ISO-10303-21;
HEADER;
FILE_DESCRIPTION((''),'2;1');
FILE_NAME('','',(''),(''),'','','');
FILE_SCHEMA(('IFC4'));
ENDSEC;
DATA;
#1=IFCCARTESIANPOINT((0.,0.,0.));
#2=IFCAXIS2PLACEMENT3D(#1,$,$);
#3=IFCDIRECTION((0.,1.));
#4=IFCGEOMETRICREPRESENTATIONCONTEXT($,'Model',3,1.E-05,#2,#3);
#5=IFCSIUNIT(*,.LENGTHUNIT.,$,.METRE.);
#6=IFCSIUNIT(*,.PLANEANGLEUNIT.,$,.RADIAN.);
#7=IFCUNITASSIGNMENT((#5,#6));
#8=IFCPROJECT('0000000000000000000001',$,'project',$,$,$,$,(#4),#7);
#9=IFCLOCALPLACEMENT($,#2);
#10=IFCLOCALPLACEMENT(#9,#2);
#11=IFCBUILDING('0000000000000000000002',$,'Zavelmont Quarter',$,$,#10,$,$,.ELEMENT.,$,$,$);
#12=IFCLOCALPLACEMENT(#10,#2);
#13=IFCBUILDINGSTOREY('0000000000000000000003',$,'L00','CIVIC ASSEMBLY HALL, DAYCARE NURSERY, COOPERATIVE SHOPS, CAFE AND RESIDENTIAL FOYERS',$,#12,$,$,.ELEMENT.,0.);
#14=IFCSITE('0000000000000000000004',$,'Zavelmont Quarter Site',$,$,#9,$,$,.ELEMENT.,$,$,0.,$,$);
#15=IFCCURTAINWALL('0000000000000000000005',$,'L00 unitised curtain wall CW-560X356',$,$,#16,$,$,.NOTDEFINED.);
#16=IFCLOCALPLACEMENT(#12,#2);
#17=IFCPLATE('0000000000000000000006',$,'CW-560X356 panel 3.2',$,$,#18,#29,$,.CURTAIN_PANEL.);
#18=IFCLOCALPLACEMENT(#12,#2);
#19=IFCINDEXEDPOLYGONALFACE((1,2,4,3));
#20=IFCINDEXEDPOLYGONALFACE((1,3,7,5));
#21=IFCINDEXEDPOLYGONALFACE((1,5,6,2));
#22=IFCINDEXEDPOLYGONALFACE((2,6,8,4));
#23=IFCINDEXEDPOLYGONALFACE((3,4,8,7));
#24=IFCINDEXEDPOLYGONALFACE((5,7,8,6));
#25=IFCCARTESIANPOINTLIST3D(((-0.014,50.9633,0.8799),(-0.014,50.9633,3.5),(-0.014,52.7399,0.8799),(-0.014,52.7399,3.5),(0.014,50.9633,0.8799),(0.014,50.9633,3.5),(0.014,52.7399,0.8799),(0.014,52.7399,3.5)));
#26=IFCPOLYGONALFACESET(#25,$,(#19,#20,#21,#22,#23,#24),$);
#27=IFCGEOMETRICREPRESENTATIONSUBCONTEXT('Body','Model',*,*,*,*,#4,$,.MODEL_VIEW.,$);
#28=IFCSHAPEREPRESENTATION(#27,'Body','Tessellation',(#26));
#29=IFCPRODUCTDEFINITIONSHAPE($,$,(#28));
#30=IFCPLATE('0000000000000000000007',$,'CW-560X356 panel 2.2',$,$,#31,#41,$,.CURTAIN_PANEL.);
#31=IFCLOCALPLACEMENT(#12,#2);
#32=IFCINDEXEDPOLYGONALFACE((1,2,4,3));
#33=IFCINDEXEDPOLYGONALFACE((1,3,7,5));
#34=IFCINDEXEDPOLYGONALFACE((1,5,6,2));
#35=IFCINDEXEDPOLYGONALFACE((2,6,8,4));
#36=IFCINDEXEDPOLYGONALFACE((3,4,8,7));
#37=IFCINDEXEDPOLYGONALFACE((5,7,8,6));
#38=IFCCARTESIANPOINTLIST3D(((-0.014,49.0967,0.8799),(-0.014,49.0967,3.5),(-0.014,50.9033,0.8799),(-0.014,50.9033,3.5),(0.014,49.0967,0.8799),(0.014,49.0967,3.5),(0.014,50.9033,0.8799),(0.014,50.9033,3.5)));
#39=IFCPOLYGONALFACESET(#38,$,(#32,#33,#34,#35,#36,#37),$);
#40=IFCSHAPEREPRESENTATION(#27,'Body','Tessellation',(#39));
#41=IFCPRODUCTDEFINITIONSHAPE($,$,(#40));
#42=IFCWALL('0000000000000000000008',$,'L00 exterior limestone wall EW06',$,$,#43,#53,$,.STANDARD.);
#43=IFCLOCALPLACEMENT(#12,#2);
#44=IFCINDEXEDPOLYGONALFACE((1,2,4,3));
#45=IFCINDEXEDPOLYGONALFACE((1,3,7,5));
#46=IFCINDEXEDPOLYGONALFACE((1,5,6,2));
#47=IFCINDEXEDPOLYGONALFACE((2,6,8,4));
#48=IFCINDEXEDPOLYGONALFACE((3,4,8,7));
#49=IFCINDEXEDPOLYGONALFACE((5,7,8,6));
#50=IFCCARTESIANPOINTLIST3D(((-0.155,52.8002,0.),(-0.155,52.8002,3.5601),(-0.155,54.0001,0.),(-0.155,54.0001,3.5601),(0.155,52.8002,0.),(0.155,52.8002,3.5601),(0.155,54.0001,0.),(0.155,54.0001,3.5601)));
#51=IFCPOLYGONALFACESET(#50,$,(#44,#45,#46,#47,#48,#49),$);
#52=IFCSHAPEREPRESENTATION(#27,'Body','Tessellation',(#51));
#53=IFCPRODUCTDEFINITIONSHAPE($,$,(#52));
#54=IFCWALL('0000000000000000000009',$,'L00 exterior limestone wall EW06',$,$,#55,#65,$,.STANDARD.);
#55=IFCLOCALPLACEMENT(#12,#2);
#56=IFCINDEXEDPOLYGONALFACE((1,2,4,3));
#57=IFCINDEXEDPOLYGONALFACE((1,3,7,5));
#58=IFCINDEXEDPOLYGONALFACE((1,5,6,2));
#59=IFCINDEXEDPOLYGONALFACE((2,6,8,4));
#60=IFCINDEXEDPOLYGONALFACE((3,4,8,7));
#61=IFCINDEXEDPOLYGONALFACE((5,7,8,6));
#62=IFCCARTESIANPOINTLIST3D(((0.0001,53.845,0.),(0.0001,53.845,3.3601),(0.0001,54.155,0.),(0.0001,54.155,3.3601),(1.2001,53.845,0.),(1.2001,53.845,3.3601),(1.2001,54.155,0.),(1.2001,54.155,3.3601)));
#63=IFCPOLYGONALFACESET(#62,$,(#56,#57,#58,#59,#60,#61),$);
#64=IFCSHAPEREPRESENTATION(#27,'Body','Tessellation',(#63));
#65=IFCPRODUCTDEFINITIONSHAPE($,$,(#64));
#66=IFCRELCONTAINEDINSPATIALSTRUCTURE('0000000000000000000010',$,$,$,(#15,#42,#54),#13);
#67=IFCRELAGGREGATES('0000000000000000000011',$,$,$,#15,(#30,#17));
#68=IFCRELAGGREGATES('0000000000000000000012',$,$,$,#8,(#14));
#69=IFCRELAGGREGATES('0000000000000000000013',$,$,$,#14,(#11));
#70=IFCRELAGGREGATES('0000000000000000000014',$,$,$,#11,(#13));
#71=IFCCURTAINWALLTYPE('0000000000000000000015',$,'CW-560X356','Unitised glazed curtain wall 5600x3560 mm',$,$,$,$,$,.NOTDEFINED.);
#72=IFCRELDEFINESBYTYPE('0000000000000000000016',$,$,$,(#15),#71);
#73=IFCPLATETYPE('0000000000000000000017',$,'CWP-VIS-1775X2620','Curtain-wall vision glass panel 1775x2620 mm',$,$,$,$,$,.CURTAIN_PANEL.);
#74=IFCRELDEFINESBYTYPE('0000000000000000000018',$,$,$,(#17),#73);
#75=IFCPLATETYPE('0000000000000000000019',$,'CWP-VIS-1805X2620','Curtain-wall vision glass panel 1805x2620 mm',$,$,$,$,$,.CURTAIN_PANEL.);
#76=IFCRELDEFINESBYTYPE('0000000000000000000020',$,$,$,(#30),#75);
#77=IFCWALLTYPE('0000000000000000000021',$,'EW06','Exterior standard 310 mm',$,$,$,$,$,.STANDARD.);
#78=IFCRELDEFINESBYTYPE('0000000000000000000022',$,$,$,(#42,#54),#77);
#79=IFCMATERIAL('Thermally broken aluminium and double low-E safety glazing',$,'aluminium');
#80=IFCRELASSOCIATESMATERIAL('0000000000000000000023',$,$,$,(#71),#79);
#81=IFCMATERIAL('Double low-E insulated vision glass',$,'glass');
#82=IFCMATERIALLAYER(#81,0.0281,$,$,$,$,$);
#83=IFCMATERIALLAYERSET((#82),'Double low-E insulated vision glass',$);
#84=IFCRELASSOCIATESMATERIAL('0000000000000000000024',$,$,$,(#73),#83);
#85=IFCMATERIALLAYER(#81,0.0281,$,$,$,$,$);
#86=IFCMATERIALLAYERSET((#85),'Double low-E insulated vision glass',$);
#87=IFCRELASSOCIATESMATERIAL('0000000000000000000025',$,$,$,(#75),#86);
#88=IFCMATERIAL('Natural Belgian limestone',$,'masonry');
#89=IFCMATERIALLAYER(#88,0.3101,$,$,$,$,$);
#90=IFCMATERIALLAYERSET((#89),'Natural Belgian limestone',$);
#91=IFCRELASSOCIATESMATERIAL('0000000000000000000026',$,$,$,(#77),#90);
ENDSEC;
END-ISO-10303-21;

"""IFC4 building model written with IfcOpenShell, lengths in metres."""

from ifc_helpers import new_model, si_unit, direction, frame, frame_2d, origin, origin_2d, place, context, subcontext, project, spatial, rectangle, extrude, material, layer, layer_set, type_object, element, aggregate, save


model = new_model("IFC4")

# Units and contexts
model_context = context("Model", 3, precision=1e-05, world=origin(), true_north=direction((0.0, 1.0)))
body_context = subcontext(model_context, "Body", "Model", "MODEL_VIEW")
ifc_project = project(units=[si_unit("LENGTHUNIT", "METRE"), si_unit("PLANEANGLEUNIT", "RADIAN")], contexts=[model_context])

# Site, building, storey
site_placement = place(None, origin())
site = spatial("IfcSite", under=ifc_project, at=site_placement, Name="Zavelmont Quarter Site", CompositionType="ELEMENT", RefElevation=0.0)
building_placement = place(site_placement, origin())
building = spatial("IfcBuilding", under=site, at=building_placement, Name="Zavelmont Quarter", CompositionType="ELEMENT")
storey_placement = place(building_placement, origin())
storey = spatial("IfcBuildingStorey", under=building, at=storey_placement, Name="L00", Description="CIVIC ASSEMBLY HALL, DAYCARE NURSERY, COOPERATIVE SHOPS, CAFE AND RESIDENTIAL FOYERS", CompositionType="ELEMENT", Elevation=0.0)

# Curtain wall, plates
ifc_material_1 = material(Name="Thermally broken aluminium and double low-E safety glazing", Category="aluminium")
curtain_wall_type = type_object("IfcCurtainWallType", Name="CW-560X356", Description="Unitised glazed curtain wall 5600x3560 mm", PredefinedType="NOTDEFINED", material=ifc_material_1)
curtain_wall_placement = place(storey_placement, origin())
curtain_wall = element("IfcCurtainWall", 1, at=curtain_wall_placement, inside=storey, type_object=curtain_wall_type, Name="L00 unitised curtain wall CW-560X356", PredefinedType="NOTDEFINED")
ifc_material_2 = material(Name="Double low-E insulated vision glass", Category="glass")
ifc_layer_1 = layer(ifc_material_2, 0.0281)
ifc_layer_set_1 = layer_set([ifc_layer_1], Name="Double low-E insulated vision glass")
plate_type_1 = type_object("IfcPlateType", Name="CWP-VIS-1775X2620", Description="Curtain-wall vision glass panel 1775x2620 mm", PredefinedType="CURTAIN_PANEL", material=ifc_layer_set_1)
plate_1_placement = place(storey_placement, frame((0.0, 51.8516, 0.8799), z_axis=(0.0, 0.0, 1.0), x_axis=(0.0, 1.0, 0.0)))
plate_1 = element("IfcPlate", 2, at=plate_1_placement, type_object=plate_type_1, Name="CW-560X356 panel 3.2", PredefinedType="CURTAIN_PANEL", context=body_context, shape_type="SweptSolid", body=[
    extrude(rectangle(XDim=1.7766, YDim=0.0281, at=origin_2d()), origin(), (0.0, 0.0, 1.0), 2.6201),
])
ifc_layer_2 = layer(ifc_material_2, 0.0281)
ifc_layer_set_2 = layer_set([ifc_layer_2], Name="Double low-E insulated vision glass")
plate_type_2 = type_object("IfcPlateType", Name="CWP-VIS-1805X2620", Description="Curtain-wall vision glass panel 1805x2620 mm", PredefinedType="CURTAIN_PANEL", material=ifc_layer_set_2)
plate_2_placement = place(storey_placement, frame((0.0, 50.0, 0.8799), z_axis=(0.0, 0.0, 1.0), x_axis=(0.0, 1.0, 0.0)))
plate_2 = element("IfcPlate", 3, at=plate_2_placement, type_object=plate_type_2, Name="CW-560X356 panel 2.2", PredefinedType="CURTAIN_PANEL", context=body_context, shape_type="SweptSolid", body=[
    extrude(rectangle(XDim=1.8066, YDim=0.0281, at=origin_2d()), origin(), (0.0, 0.0, 1.0), 2.6201),
])
aggregate(curtain_wall, [plate_2, plate_1])

# Walls
ifc_material_3 = material(Name="Natural Belgian limestone", Category="masonry")
ifc_layer_3 = layer(ifc_material_3, 0.3101)
ifc_layer_set_3 = layer_set([ifc_layer_3], Name="Natural Belgian limestone")
wall_type = type_object("IfcWallType", Name="EW06", Description="Exterior standard 310 mm", PredefinedType="STANDARD", material=ifc_layer_set_3)
wall_1_placement = place(storey_placement, frame((0.0, 52.8, 0.0), z_axis=(0.0, 0.0, 1.0), x_axis=(0.0, 1.0, 0.0)))
element("IfcWall", 4, at=wall_1_placement, inside=storey, type_object=wall_type, Name="L00 exterior limestone wall EW06", PredefinedType="STANDARD", context=body_context, shape_type="SweptSolid", body=[
    extrude(rectangle(XDim=1.2, YDim=0.3101, at=frame_2d((0.6001, 0.0))), origin(), (0.0, 0.0, 1.0), 3.5601),
])
wall_2_placement = place(storey_placement, frame((0.0, 54.0, 0.0), z_axis=(0.0, 0.0, 1.0), x_axis=(1.0, 0.0, 0.0)))
element("IfcWall", 5, at=wall_2_placement, inside=storey, type_object=wall_type, Name="L00 exterior limestone wall EW06", PredefinedType="STANDARD", context=body_context, shape_type="SweptSolid", body=[
    extrude(rectangle(XDim=1.2, YDim=0.3101, at=frame_2d((0.6001, 0.0))), origin(), (0.0, 0.0, 1.0), 3.3601),
])

save(model, "model.ifc")
